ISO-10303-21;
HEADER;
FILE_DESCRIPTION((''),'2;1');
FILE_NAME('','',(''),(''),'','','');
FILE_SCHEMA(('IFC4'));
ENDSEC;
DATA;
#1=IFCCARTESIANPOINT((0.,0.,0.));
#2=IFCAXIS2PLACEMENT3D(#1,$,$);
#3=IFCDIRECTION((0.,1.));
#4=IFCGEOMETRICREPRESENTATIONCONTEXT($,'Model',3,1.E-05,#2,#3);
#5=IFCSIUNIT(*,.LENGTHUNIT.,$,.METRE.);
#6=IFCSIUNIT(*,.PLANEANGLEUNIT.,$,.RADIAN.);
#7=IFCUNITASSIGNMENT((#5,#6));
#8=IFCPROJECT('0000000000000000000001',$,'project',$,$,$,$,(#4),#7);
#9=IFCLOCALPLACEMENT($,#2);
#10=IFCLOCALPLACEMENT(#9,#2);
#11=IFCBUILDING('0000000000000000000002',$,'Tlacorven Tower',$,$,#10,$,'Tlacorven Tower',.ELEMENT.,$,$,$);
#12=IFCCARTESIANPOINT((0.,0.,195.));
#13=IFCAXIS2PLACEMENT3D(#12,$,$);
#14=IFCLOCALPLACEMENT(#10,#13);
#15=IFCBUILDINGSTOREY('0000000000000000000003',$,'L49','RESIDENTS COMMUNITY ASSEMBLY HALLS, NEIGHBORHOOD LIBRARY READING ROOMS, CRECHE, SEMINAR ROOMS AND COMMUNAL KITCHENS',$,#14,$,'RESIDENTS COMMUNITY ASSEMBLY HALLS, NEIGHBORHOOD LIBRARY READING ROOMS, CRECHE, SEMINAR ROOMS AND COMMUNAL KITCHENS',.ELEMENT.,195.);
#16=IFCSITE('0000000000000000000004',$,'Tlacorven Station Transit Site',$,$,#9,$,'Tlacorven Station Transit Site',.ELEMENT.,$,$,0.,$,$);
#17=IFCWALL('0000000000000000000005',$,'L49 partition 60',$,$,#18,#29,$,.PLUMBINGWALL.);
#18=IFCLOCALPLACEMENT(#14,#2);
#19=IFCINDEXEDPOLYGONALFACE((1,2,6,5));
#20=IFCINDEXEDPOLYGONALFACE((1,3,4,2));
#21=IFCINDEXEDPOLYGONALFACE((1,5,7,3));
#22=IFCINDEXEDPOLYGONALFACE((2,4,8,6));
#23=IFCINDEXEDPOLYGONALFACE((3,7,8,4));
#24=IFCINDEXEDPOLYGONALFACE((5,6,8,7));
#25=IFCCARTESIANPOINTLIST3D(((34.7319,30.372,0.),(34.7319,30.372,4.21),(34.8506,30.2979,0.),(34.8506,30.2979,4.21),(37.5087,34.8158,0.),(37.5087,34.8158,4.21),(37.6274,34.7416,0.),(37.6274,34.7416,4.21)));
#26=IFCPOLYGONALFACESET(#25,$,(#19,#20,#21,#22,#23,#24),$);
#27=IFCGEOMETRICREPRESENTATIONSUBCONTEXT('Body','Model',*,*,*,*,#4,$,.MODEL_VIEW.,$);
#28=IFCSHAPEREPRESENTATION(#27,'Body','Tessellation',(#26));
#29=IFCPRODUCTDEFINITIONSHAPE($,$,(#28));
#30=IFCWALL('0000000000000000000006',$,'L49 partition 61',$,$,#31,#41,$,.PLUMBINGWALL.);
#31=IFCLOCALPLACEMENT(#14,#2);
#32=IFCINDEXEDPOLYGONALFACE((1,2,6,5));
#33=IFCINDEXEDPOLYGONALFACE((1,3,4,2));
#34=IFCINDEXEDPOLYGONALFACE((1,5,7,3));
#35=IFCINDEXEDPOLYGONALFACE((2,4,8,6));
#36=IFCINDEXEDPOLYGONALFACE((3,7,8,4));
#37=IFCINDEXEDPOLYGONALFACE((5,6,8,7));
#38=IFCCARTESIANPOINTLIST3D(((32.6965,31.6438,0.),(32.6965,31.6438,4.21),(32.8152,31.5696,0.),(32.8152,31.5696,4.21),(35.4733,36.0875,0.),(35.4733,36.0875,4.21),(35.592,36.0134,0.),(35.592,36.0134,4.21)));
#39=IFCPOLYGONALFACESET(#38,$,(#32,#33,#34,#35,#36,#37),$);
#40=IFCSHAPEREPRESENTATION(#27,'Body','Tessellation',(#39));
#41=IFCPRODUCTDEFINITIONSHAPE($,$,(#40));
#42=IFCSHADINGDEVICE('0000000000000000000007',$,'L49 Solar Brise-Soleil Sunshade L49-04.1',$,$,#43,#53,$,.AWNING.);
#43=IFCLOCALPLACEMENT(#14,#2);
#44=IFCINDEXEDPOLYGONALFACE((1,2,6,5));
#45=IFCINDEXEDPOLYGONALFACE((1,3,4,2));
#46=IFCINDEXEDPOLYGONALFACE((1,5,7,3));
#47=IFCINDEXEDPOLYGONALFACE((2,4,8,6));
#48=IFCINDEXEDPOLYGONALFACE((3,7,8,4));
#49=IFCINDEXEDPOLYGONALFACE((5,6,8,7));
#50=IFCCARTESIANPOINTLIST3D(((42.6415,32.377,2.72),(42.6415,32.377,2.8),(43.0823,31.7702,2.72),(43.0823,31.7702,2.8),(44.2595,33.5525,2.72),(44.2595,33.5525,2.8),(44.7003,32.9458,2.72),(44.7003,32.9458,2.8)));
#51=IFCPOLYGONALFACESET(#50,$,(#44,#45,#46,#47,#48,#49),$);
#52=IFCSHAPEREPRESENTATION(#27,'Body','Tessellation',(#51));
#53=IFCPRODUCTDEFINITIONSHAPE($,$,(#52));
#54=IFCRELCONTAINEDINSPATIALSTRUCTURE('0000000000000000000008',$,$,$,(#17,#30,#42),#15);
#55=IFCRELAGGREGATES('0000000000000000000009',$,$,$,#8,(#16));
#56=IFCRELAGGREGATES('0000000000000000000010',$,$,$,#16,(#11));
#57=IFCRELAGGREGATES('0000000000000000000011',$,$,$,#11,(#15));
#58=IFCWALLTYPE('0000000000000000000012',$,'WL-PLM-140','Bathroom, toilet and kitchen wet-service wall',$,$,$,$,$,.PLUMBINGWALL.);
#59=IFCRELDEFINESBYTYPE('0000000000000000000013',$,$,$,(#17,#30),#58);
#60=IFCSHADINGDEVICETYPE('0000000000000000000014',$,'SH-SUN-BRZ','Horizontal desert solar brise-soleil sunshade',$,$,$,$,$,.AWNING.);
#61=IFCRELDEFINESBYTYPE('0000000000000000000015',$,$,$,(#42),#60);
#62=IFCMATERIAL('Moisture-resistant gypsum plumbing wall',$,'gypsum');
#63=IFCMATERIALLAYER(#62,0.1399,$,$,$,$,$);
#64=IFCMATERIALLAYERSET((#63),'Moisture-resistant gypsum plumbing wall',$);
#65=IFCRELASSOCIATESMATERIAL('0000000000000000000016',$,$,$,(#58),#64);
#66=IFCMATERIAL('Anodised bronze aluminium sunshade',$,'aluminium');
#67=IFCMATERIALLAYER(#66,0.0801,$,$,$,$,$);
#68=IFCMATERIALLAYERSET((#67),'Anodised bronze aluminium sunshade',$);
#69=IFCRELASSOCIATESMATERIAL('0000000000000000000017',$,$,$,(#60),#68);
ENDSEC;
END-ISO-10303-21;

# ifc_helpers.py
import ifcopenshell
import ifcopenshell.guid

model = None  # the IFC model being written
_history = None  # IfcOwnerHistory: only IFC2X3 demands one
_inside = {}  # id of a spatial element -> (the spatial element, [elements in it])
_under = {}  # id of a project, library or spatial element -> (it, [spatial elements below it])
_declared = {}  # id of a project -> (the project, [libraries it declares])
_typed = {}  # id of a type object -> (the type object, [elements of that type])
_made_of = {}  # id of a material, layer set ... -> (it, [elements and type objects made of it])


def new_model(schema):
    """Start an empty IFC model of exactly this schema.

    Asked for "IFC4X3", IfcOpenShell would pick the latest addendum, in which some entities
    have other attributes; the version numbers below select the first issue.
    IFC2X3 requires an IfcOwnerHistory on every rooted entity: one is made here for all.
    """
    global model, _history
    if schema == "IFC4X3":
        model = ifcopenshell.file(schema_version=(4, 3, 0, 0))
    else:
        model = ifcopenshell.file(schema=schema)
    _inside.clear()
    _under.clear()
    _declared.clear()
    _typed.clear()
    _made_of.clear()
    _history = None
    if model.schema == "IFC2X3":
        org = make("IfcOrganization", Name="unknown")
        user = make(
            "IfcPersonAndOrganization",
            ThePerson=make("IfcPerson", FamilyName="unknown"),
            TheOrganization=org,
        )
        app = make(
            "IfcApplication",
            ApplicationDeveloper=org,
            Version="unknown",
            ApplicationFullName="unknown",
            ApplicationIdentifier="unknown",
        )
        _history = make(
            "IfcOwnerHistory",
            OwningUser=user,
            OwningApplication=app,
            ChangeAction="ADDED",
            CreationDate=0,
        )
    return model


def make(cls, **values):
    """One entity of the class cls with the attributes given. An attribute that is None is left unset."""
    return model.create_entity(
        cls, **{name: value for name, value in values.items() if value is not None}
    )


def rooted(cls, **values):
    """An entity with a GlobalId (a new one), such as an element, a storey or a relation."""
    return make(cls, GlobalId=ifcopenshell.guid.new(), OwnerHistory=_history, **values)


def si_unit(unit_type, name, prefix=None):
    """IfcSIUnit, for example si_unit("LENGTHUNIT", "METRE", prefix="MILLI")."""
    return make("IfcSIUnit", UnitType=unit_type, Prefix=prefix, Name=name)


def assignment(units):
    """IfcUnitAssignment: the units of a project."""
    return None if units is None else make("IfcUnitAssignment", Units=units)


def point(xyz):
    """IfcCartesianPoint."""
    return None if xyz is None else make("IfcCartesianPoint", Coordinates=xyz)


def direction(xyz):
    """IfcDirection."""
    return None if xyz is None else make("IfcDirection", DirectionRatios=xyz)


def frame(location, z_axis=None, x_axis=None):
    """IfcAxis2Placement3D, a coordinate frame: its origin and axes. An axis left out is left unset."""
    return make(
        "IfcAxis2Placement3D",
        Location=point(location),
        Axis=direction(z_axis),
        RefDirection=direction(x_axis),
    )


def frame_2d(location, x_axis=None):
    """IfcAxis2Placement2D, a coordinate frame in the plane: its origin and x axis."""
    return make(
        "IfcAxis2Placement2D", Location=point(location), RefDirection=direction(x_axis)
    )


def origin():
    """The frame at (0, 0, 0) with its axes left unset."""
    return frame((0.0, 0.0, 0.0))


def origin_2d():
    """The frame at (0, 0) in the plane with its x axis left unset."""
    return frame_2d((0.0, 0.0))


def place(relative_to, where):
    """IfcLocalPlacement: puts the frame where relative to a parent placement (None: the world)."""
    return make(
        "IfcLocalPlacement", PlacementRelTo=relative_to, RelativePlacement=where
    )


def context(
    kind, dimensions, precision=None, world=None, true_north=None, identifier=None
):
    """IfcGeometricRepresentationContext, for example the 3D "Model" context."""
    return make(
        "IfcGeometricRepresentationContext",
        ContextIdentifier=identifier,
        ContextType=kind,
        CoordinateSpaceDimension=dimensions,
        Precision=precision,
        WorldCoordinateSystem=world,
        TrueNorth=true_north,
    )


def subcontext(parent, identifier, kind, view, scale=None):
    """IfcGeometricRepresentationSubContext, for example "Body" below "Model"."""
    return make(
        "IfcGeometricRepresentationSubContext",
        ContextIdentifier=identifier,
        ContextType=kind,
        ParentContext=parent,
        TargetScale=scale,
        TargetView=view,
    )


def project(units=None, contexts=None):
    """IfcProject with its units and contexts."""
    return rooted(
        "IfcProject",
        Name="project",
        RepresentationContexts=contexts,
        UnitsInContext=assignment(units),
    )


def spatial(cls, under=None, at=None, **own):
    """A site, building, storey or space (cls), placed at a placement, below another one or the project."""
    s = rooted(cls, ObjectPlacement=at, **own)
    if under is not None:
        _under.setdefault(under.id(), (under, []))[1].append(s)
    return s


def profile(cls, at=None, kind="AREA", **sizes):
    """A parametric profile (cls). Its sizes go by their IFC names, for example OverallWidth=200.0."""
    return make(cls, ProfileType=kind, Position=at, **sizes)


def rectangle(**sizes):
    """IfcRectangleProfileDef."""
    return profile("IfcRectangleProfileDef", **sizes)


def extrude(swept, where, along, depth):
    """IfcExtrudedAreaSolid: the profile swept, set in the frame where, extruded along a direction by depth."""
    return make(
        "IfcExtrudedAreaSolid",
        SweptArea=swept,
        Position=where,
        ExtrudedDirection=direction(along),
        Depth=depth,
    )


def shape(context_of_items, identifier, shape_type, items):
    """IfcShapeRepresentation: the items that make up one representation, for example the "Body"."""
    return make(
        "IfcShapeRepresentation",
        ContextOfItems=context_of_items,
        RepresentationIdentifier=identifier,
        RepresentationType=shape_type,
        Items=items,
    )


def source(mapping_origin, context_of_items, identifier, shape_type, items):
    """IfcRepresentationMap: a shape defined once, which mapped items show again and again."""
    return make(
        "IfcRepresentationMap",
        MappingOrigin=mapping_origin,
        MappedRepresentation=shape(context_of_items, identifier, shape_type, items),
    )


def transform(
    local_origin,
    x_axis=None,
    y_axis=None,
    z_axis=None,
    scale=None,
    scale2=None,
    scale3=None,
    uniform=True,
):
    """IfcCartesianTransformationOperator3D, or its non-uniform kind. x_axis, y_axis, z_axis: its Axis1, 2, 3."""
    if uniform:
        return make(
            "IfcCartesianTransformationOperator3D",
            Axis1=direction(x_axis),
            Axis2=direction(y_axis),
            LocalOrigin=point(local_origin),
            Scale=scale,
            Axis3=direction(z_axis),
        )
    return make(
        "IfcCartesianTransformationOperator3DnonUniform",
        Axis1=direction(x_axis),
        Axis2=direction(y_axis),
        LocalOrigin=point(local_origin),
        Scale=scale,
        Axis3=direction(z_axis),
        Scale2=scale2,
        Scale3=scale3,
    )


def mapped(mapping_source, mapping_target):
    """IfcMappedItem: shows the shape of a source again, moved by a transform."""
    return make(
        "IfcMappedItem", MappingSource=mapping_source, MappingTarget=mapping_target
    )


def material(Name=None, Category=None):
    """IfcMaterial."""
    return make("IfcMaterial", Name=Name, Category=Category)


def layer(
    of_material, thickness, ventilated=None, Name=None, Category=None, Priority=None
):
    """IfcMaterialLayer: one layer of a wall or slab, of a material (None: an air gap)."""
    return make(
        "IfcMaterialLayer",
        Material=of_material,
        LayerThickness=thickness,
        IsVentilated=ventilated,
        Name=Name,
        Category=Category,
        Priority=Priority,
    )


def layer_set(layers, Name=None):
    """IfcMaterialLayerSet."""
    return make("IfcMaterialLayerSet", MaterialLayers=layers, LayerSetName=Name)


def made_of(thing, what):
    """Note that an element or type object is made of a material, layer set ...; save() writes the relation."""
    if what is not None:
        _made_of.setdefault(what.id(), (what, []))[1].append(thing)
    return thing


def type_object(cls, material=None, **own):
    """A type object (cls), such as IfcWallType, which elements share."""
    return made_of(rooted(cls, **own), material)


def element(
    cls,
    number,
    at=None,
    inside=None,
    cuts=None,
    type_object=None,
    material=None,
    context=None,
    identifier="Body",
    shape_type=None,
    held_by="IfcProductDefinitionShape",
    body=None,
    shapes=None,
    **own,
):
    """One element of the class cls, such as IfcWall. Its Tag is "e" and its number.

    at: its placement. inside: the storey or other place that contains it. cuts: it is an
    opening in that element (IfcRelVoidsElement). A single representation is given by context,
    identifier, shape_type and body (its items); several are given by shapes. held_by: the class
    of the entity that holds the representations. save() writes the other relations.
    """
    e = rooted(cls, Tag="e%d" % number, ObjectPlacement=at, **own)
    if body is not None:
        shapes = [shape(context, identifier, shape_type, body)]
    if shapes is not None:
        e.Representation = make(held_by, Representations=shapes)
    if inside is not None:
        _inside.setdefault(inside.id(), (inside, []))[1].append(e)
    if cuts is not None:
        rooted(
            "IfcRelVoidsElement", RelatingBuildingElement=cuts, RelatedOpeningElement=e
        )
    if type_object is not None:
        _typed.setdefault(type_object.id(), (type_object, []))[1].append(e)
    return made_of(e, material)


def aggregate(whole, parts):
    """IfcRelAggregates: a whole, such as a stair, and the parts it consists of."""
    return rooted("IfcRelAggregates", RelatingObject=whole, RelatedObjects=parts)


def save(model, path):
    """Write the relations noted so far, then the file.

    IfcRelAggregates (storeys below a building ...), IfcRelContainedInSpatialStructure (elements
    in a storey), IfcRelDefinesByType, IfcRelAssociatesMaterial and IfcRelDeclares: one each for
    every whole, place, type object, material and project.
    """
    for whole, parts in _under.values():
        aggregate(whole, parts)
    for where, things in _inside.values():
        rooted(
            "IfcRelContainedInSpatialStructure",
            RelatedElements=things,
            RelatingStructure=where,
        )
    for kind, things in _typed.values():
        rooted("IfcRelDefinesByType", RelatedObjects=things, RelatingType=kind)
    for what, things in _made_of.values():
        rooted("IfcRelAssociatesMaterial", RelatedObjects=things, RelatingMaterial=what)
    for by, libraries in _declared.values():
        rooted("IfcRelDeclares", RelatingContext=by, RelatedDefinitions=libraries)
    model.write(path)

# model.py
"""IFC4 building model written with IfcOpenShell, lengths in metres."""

from ifc_helpers import new_model, si_unit, direction, frame, frame_2d, origin, origin_2d, place, context, subcontext, project, spatial, rectangle, extrude, source, transform, mapped, material, layer, layer_set, type_object, element, save


model = new_model("IFC4")

# Units and contexts
model_context = context("Model", 3, precision=1e-05, world=origin(), true_north=direction((0.0, 1.0)))
body_context = subcontext(model_context, "Body", "Model", "MODEL_VIEW")
ifc_project = project(units=[si_unit("LENGTHUNIT", "METRE"), si_unit("PLANEANGLEUNIT", "RADIAN")], contexts=[model_context])

# Site, building, storey
site_placement = place(None, origin())
site = spatial("IfcSite", under=ifc_project, at=site_placement, Name="Tlacorven Station Transit Site", LongName="Tlacorven Station Transit Site", CompositionType="ELEMENT", RefElevation=0.0)
building_placement = place(site_placement, origin())
building = spatial("IfcBuilding", under=site, at=building_placement, Name="Tlacorven Tower", LongName="Tlacorven Tower", CompositionType="ELEMENT")
storey_placement = place(building_placement, frame((0.0, 0.0, 195.0)))
storey = spatial("IfcBuildingStorey", under=building, at=storey_placement, Name="L49", Description="RESIDENTS COMMUNITY ASSEMBLY HALLS, NEIGHBORHOOD LIBRARY READING ROOMS, CRECHE, SEMINAR ROOMS AND COMMUNAL KITCHENS", LongName="RESIDENTS COMMUNITY ASSEMBLY HALLS, NEIGHBORHOOD LIBRARY READING ROOMS, CRECHE, SEMINAR ROOMS AND COMMUNAL KITCHENS", CompositionType="ELEMENT", Elevation=195.0)

# Walls
ifc_material_1 = material(Name="Moisture-resistant gypsum plumbing wall", Category="gypsum")
ifc_layer_1 = layer(ifc_material_1, 0.1399)
ifc_layer_set_1 = layer_set([ifc_layer_1], Name="Moisture-resistant gypsum plumbing wall")
wall_type_1 = type_object("IfcWallType", Name="WL-PLM-140", Description="Bathroom, toilet and kitchen wet-service wall", PredefinedType="PLUMBINGWALL", material=ifc_layer_set_1)
for number, where, z_axis, x_axis, name in (
    (1, (37.5681, 34.7788, 0.0), (0.0, 0.0, 1.0), (-0.529924, -0.848045, 0.0), "L49 partition 60"),
    (2, (35.5327, 36.0505, 0.0), (0.0, 0.0, 1.0), (-0.529924, -0.848045, 0.0), "L49 partition 61"),
):
    element("IfcWall", number, at=place(storey_placement, frame(where, z_axis=z_axis, x_axis=x_axis)), inside=storey, type_object=wall_type_1, Name=name, PredefinedType="PLUMBINGWALL", context=body_context, shape_type="SweptSolid", body=[
        extrude(rectangle(XDim=5.24, YDim=0.1399, at=frame_2d((2.6201, 0.0))), origin(), (0.0, 0.0, 1.0), 4.21),
    ])

# Shading device
ifc_material_2 = material(Name="Anodised bronze aluminium sunshade", Category="aluminium")
ifc_layer_2 = layer(ifc_material_2, 0.0801)
ifc_layer_set_2 = layer_set([ifc_layer_2], Name="Anodised bronze aluminium sunshade")
shading_device_type = type_object("IfcShadingDeviceType", Name="SH-SUN-BRZ", Description="Horizontal desert solar brise-soleil sunshade", PredefinedType="AWNING", material=ifc_layer_set_2)
shared_shape_1 = source(origin(), body_context, "Body", "SweptSolid", [
    extrude(rectangle(XDim=2.0, YDim=0.75, at=origin_2d()), origin(), (0.0, 0.0, 1.0), 0.0801),
])
shading_device_placement = place(storey_placement, frame((43.6709, 32.6614, 2.72), z_axis=(0.0, 0.0, 1.0), x_axis=(0.809017, 0.587786, 0.0)))
element("IfcShadingDevice", 3, at=shading_device_placement, inside=storey, type_object=shading_device_type, Name="L49 Solar Brise-Soleil Sunshade L49-04.1", PredefinedType="AWNING", context=body_context, shape_type="MappedRepresentation", body=[
    mapped(shared_shape_1, transform((0.0, 0.0, 0.0), scale=1.0)),
])

save(model, "model.ifc")
